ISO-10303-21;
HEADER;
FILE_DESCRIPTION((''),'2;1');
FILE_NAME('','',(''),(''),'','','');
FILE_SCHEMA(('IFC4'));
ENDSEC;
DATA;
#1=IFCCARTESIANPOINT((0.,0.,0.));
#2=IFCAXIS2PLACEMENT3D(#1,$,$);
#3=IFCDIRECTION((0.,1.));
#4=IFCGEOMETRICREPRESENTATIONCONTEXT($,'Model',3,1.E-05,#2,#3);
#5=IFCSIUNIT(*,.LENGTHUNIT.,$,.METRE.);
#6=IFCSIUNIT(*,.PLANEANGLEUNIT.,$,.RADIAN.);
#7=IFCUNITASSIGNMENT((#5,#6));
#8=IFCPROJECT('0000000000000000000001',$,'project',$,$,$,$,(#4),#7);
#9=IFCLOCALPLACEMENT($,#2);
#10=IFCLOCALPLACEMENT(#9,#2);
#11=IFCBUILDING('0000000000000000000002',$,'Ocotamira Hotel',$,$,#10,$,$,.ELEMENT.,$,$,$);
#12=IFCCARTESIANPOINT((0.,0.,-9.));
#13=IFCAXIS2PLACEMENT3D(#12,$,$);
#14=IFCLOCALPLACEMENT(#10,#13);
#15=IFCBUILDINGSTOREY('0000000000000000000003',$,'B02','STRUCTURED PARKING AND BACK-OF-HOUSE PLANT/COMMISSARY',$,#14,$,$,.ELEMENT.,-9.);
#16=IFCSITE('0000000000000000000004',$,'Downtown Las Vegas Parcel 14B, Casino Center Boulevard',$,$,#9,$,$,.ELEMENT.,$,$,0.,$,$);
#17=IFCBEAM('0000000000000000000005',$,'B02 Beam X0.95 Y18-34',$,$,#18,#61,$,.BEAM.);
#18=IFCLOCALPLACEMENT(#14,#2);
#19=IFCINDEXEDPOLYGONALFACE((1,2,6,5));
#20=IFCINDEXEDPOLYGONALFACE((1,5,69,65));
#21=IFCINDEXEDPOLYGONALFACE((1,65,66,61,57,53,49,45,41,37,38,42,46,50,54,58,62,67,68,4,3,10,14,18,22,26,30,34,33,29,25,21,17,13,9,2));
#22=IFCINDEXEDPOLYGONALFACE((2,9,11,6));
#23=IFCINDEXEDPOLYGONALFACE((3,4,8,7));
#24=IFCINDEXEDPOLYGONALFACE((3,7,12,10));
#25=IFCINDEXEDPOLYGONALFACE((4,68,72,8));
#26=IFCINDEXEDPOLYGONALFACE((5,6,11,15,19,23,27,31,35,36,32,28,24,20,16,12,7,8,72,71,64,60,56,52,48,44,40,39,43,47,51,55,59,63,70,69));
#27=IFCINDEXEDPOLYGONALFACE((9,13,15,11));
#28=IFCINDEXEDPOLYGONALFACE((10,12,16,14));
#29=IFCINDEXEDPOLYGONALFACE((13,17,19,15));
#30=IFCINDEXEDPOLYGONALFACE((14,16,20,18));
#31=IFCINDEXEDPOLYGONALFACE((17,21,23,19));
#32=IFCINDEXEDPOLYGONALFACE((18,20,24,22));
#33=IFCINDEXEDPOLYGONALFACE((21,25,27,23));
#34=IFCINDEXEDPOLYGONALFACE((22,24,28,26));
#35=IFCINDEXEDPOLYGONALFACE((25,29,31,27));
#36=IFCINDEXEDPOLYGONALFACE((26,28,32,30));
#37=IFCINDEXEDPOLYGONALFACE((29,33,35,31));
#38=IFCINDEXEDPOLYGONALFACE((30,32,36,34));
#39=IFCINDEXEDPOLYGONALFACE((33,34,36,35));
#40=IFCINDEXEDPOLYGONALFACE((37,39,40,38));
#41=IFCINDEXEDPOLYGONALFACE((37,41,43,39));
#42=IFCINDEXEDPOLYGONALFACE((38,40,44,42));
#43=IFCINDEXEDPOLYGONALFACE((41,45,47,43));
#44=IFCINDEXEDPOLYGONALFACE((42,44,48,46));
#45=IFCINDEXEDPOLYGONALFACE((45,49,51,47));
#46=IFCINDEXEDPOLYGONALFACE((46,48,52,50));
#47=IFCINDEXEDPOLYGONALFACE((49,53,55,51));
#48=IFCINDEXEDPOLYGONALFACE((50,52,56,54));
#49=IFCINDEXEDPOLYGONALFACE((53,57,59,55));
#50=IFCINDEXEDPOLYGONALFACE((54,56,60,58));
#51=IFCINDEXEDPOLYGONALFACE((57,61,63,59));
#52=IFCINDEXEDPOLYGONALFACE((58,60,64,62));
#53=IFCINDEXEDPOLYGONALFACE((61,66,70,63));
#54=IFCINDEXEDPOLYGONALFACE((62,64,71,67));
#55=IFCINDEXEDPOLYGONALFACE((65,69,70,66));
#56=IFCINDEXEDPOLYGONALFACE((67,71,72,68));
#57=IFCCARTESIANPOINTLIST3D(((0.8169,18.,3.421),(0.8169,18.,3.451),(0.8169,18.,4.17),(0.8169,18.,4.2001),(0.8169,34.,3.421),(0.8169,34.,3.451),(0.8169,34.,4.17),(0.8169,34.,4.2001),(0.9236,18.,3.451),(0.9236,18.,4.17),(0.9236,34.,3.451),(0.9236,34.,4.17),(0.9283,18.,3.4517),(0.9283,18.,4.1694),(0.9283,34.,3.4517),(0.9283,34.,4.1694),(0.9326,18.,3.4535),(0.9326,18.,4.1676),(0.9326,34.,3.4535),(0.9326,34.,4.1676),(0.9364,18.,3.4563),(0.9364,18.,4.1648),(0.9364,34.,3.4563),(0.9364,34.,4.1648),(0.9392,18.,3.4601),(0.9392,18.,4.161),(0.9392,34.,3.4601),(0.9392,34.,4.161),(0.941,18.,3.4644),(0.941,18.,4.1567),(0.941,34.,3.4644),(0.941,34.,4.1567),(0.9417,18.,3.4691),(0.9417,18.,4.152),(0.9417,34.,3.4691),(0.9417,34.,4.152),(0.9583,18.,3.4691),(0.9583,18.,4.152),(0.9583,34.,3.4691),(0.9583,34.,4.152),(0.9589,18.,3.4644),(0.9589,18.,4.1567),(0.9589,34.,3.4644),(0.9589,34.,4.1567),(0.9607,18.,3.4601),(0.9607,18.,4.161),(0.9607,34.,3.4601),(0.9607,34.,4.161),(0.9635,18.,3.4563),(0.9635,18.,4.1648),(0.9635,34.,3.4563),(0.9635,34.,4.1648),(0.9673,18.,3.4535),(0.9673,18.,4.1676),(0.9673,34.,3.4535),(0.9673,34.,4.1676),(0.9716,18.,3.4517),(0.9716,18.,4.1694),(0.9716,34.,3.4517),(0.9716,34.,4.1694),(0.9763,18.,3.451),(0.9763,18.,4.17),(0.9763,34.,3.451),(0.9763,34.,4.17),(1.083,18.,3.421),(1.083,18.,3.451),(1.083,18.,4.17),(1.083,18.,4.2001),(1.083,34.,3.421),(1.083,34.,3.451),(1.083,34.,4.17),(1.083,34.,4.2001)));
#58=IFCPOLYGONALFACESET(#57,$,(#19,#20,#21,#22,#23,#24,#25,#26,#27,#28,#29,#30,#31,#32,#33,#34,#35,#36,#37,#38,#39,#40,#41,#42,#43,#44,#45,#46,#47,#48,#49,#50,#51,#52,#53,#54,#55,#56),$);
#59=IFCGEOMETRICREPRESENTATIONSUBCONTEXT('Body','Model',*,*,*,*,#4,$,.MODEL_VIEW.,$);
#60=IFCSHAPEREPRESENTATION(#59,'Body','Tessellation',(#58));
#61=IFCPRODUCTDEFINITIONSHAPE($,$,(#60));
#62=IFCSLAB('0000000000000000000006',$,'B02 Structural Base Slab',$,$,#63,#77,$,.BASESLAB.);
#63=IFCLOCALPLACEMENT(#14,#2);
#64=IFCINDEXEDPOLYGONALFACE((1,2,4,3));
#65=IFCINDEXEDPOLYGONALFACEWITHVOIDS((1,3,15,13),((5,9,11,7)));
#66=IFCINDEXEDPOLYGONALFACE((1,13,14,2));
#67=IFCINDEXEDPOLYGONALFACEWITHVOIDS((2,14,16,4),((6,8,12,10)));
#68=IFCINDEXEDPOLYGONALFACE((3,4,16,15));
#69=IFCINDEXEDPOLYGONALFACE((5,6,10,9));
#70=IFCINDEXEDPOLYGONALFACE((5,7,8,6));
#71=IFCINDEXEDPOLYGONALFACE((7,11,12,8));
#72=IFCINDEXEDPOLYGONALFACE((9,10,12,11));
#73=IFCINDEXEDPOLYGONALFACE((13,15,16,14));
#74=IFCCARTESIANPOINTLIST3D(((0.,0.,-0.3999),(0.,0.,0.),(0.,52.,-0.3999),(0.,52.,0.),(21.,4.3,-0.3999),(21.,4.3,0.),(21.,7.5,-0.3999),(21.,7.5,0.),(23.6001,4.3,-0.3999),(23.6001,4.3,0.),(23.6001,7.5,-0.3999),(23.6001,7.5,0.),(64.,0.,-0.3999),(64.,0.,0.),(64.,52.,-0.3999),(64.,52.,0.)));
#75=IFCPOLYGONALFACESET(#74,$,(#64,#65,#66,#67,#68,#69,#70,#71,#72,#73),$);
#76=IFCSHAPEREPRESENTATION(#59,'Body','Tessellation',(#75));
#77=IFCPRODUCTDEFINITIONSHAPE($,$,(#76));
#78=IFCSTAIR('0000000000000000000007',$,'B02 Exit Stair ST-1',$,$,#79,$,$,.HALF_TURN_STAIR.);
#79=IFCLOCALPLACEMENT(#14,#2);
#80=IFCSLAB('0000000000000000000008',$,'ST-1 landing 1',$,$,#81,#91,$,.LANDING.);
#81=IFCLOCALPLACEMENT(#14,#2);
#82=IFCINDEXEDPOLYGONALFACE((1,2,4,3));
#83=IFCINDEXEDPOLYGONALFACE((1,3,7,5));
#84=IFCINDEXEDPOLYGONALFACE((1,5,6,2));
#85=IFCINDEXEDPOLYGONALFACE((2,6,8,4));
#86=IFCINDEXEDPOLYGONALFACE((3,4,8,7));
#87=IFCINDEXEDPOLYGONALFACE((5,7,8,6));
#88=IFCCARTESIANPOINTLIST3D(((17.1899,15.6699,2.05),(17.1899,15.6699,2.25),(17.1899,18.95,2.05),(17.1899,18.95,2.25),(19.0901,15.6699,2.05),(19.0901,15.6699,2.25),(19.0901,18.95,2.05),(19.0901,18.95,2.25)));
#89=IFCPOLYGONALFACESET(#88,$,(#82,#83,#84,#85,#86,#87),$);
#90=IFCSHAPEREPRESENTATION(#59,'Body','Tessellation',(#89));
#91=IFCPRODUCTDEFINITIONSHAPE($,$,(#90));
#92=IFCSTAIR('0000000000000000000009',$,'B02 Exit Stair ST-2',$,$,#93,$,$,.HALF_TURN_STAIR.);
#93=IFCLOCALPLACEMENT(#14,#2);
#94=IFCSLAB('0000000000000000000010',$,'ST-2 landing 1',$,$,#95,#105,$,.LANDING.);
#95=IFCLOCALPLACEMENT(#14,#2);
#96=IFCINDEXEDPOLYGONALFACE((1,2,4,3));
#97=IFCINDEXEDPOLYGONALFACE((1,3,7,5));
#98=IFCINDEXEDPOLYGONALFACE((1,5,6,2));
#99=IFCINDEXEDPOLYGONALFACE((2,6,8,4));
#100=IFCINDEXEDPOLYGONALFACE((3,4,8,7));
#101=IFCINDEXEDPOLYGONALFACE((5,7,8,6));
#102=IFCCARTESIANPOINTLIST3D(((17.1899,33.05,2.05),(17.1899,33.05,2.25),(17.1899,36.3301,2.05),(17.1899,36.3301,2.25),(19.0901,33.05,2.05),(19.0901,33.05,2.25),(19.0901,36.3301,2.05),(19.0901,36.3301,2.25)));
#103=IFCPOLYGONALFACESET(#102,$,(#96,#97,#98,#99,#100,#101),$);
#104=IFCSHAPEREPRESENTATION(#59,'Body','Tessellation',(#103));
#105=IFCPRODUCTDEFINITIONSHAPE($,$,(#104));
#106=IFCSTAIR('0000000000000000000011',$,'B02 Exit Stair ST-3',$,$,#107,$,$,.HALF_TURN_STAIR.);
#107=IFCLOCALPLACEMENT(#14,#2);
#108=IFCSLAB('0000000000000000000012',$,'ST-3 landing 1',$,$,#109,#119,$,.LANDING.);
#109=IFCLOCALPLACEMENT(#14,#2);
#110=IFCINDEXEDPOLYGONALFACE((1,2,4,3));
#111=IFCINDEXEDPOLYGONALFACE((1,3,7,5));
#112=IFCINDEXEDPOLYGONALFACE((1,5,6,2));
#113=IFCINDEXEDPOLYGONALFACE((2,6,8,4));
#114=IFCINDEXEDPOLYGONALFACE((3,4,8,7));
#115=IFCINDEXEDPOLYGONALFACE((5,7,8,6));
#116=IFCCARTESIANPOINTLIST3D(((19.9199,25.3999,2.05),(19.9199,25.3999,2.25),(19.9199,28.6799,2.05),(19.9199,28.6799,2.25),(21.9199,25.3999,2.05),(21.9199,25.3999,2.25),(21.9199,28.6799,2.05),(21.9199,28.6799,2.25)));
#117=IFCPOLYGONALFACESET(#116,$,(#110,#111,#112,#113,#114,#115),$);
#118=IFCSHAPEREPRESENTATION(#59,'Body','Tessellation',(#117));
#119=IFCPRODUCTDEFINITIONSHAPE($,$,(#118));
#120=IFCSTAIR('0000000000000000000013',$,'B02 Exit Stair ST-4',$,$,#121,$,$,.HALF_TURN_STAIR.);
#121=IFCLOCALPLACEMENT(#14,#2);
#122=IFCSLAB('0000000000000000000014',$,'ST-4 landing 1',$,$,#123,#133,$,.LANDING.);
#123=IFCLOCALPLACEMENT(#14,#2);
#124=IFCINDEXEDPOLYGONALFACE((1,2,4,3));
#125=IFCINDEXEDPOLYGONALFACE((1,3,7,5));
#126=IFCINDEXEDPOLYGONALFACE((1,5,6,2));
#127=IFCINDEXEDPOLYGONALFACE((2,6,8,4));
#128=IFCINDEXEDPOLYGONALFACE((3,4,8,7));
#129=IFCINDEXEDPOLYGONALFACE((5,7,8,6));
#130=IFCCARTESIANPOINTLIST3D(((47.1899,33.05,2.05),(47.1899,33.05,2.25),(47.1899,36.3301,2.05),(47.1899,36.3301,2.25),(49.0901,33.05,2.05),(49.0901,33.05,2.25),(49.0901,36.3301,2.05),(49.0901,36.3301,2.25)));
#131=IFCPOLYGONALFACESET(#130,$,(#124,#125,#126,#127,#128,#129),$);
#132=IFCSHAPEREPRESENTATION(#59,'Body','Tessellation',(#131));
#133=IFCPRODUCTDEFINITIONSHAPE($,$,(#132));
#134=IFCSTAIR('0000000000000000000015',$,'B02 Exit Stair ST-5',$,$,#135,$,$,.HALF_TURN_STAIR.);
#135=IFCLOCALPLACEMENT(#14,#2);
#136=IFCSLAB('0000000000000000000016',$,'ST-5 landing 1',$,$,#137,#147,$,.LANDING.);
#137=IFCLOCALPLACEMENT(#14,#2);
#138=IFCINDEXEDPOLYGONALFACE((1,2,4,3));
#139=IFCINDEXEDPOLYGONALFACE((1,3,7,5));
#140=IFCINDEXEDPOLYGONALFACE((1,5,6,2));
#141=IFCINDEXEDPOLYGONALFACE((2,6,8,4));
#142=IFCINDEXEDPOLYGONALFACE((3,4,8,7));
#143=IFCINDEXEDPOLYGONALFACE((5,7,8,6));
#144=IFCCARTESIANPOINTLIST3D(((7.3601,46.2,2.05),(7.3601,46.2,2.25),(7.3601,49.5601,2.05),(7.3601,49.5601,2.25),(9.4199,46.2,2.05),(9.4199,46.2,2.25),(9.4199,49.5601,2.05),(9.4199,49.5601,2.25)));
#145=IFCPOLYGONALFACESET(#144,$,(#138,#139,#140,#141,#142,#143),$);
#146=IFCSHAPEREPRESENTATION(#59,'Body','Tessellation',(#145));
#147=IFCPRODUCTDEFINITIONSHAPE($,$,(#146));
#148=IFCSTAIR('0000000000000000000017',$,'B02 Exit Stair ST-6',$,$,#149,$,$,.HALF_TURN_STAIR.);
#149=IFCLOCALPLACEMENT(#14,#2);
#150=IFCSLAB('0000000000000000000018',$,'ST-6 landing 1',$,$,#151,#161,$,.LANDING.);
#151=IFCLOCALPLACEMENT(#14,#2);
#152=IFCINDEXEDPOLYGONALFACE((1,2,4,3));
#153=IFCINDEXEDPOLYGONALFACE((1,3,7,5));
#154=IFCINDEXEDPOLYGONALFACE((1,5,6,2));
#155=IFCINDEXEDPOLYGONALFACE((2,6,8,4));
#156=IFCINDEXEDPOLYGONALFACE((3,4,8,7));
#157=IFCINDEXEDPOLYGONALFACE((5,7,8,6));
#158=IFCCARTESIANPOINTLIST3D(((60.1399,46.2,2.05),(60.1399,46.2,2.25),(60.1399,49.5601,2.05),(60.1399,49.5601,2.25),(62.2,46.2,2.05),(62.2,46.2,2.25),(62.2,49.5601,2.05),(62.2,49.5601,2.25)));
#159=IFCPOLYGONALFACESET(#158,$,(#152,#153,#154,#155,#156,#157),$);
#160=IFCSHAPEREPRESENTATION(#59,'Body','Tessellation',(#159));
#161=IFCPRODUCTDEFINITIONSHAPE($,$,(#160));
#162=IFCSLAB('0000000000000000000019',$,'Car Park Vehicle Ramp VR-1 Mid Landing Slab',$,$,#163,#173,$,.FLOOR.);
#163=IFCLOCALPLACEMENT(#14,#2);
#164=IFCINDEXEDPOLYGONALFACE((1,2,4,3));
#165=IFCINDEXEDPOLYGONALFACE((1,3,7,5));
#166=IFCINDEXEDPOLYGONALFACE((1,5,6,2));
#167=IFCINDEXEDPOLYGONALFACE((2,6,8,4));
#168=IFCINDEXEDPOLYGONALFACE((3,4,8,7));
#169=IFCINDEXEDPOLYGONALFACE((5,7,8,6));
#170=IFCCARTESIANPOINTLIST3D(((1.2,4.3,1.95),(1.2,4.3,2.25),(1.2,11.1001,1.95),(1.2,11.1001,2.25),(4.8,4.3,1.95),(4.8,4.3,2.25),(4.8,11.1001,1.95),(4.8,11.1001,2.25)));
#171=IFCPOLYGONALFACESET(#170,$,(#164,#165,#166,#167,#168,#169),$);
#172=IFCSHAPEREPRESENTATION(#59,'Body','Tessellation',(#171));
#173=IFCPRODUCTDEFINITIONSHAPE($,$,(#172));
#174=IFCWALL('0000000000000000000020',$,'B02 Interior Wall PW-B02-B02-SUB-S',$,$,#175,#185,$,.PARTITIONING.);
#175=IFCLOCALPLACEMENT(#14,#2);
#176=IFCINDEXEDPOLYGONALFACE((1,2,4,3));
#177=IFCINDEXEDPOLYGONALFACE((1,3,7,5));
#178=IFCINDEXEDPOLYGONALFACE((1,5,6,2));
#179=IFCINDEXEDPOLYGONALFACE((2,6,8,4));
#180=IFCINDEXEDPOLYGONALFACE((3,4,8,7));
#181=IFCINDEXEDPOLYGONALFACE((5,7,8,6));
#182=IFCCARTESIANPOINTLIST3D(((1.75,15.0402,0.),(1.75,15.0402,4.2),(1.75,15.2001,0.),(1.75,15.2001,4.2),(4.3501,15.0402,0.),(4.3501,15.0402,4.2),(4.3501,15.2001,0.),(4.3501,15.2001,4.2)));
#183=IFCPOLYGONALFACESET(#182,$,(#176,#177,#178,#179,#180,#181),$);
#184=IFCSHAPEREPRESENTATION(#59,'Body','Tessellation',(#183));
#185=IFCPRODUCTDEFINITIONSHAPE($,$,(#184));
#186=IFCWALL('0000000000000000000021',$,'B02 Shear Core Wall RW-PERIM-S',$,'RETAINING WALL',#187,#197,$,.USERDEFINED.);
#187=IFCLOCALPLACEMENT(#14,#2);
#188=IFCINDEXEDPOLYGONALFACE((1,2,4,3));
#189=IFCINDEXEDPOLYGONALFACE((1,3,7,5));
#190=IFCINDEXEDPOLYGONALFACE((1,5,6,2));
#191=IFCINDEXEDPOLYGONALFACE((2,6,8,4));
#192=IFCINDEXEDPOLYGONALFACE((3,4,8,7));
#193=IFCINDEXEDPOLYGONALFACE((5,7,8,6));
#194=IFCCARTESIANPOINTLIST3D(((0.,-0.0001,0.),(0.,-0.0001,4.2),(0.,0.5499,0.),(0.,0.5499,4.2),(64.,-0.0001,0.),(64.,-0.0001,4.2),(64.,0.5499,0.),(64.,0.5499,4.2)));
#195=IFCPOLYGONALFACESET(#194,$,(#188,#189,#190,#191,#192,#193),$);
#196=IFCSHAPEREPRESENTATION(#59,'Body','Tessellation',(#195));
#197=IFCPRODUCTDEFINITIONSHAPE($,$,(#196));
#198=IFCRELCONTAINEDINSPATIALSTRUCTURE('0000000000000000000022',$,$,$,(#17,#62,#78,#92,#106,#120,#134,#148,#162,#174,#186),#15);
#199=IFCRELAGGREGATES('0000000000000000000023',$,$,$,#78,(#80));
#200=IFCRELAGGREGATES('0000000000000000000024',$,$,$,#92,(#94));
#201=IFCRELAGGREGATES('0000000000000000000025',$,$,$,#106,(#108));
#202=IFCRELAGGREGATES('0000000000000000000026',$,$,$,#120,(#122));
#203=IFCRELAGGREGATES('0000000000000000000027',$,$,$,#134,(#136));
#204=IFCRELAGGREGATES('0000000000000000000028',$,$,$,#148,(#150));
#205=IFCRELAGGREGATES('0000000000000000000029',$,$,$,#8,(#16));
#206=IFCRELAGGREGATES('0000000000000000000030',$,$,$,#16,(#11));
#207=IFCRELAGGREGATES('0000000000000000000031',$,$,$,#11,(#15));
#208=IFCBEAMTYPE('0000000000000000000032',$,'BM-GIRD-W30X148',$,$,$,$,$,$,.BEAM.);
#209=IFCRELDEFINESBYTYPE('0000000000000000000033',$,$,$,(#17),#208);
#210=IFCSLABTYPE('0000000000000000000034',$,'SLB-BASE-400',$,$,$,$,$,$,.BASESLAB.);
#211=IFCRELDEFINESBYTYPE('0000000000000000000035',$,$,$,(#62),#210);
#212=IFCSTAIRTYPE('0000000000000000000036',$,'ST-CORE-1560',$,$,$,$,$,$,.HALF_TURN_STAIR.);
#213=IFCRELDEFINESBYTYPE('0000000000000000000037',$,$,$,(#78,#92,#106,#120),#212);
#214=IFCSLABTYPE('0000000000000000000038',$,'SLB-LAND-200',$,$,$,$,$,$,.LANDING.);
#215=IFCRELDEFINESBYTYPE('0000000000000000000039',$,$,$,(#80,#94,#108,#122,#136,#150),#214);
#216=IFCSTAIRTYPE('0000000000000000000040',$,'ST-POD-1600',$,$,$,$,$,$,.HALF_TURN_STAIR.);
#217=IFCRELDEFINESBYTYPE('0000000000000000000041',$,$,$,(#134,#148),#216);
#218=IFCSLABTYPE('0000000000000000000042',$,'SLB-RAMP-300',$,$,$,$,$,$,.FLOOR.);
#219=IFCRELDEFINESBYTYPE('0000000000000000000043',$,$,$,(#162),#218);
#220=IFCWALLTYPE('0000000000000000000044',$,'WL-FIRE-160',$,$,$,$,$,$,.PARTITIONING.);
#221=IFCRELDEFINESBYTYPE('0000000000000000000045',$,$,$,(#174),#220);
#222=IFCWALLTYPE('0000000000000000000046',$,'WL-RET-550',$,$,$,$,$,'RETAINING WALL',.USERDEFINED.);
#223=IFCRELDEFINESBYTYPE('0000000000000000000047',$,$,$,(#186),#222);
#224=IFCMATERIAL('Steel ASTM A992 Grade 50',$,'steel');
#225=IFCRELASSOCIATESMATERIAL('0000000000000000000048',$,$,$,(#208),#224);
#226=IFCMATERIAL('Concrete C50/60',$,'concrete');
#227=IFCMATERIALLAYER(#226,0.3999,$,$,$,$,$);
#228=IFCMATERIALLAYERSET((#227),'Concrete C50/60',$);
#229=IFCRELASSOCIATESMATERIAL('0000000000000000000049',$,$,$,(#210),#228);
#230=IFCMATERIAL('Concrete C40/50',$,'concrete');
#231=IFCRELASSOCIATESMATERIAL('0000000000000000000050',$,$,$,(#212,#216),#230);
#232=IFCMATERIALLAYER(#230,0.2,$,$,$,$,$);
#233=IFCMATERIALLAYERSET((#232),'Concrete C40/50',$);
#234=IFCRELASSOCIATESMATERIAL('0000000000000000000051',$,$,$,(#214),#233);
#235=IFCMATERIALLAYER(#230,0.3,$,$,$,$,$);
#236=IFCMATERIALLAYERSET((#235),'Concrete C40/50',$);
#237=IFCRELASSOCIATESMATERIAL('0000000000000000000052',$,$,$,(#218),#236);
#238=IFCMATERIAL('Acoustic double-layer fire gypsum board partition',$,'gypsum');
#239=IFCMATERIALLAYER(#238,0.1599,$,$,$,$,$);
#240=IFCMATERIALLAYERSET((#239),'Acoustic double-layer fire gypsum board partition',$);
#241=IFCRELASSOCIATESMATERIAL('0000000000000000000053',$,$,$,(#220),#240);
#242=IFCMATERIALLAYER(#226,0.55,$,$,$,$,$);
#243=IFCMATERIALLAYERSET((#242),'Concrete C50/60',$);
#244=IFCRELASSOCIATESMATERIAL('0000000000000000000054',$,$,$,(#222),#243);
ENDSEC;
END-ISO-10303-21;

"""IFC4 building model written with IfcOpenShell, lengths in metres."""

from ifc_helpers import new_model, si_unit, direction, frame, frame_2d, origin, origin_2d, place, context, subcontext, project, spatial, polyline, rectangle, i_section, outline, extrude, source, transform, mapped, material, layer, layer_set, material_profile, profile_set, type_object, element, aggregate, save


model = new_model("IFC4")

# Units and contexts
model_context = context("Model", 3, precision=1e-05, world=origin(), true_north=direction((0.0, 1.0)))
body_context = subcontext(model_context, "Body", "Model", "MODEL_VIEW")
ifc_project = project(units=[si_unit("LENGTHUNIT", "METRE"), si_unit("PLANEANGLEUNIT", "RADIAN")], contexts=[model_context])

# Site, building, storey
site_placement = place(None, origin())
site = spatial("IfcSite", under=ifc_project, at=site_placement, Name="Downtown Las Vegas Parcel 14B, Casino Center Boulevard", CompositionType="ELEMENT", RefElevation=0.0)
building_placement = place(site_placement, origin())
building = spatial("IfcBuilding", under=site, at=building_placement, Name="Ocotamira Hotel", CompositionType="ELEMENT")
storey_placement = place(building_placement, frame((0.0, 0.0, -9.0)))
storey = spatial("IfcBuildingStorey", under=building, at=storey_placement, Name="B02", Description="STRUCTURED PARKING AND BACK-OF-HOUSE PLANT/COMMISSARY", CompositionType="ELEMENT", Elevation=-9.0)

# Shared definitions
ifc_material_1 = material(Name="Concrete C50/60", Category="concrete")

# Beam
ifc_material_2 = material(Name="Steel ASTM A992 Grade 50", Category="steel")
ifc_material_profile_1 = material_profile(ifc_material_2, i_section(OverallWidth=0.2661, OverallDepth=0.7791, WebThickness=0.0166, FlangeThickness=0.03, FilletRadius=0.0181, at=origin_2d()), Name="W30X148")
ifc_profile_set_1 = profile_set([ifc_material_profile_1], Name="Steel ASTM A992 Grade 50")
beam_type = type_object("IfcBeamType", Name="BM-GIRD-W30X148", PredefinedType="BEAM", material=ifc_profile_set_1)
shared_shape_1 = source(origin(), body_context, "Body", "SweptSolid", [
    extrude(i_section(OverallWidth=0.2661, OverallDepth=0.7791, WebThickness=0.0166, FlangeThickness=0.03, FilletRadius=0.0181, at=origin_2d()), origin(), (0.0, 0.0, 1.0), 16.0),
])
beam_1_placement = place(storey_placement, frame((0.95, 18.0, 3.8105), z_axis=(0.0, 1.0, 0.0), x_axis=(-1.0, 0.0, 0.0)))
element("IfcBeam", 1, at=beam_1_placement, inside=storey, type_object=beam_type, Name="B02 Beam X0.95 Y18-34", PredefinedType="BEAM", context=body_context, shape_type="MappedRepresentation", body=[
    mapped(shared_shape_1, transform((0.0, 0.0, 0.0), scale=1.0)),
])

# Slab
ifc_layer_1 = layer(ifc_material_1, 0.3999)
ifc_layer_set_1 = layer_set([ifc_layer_1], Name="Concrete C50/60")
slab_type_1 = type_object("IfcSlabType", Name="SLB-BASE-400", PredefinedType="BASESLAB", material=ifc_layer_set_1)
slab_1_placement = place(storey_placement, frame((0.0, 0.0, -0.3999)))
element("IfcSlab", 2, at=slab_1_placement, inside=storey, type_object=slab_type_1, Name="B02 Structural Base Slab", PredefinedType="BASESLAB", context=body_context, shape_type="SweptSolid", body=[
    extrude(outline(polyline([(0.0, 0.0), (64.0, 0.0), (64.0, 52.0), (0.0, 52.0), (0.0, 0.0)]), holes=[polyline([(21.0, 4.3), (23.6001, 4.3), (23.6001, 7.5), (21.0, 7.5), (21.0, 4.3)])]), origin(), (0.0, 0.0, 1.0), 0.3999),
])

# Stairs, slabs
ifc_material_3 = material(Name="Concrete C40/50", Category="concrete")
stair_type_1 = type_object("IfcStairType", Name="ST-CORE-1560", PredefinedType="HALF_TURN_STAIR", material=ifc_material_3)
stair_1_placement = place(storey_placement, origin())
stair_1 = element("IfcStair", 3, at=stair_1_placement, inside=storey, type_object=stair_type_1, Name="B02 Exit Stair ST-1", PredefinedType="HALF_TURN_STAIR")
ifc_layer_2 = layer(ifc_material_3, 0.2)
ifc_layer_set_2 = layer_set([ifc_layer_2], Name="Concrete C40/50")
slab_type_2 = type_object("IfcSlabType", Name="SLB-LAND-200", PredefinedType="LANDING", material=ifc_layer_set_2)
slab_2_placement = place(storey_placement, frame((0.0, 0.0, 2.05)))
slab_2 = element("IfcSlab", 4, at=slab_2_placement, type_object=slab_type_2, Name="ST-1 landing 1", PredefinedType="LANDING", context=body_context, shape_type="SweptSolid", body=[
    extrude(outline(polyline([(17.1899, 15.6699), (19.0901, 15.6699), (19.0901, 18.95), (17.1899, 18.95), (17.1899, 15.6699)])), origin(), (0.0, 0.0, 1.0), 0.2),
])
aggregate(stair_1, [slab_2])
stair_2_placement = place(storey_placement, origin())
stair_2 = element("IfcStair", 5, at=stair_2_placement, inside=storey, type_object=stair_type_1, Name="B02 Exit Stair ST-2", PredefinedType="HALF_TURN_STAIR")
slab_3_placement = place(storey_placement, frame((0.0, 0.0, 2.05)))
slab_3 = element("IfcSlab", 6, at=slab_3_placement, type_object=slab_type_2, Name="ST-2 landing 1", PredefinedType="LANDING", context=body_context, shape_type="SweptSolid", body=[
    extrude(outline(polyline([(17.1899, 33.05), (19.0901, 33.05), (19.0901, 36.3301), (17.1899, 36.3301), (17.1899, 33.05)])), origin(), (0.0, 0.0, 1.0), 0.2),
])
aggregate(stair_2, [slab_3])
stair_3_placement = place(storey_placement, origin())
stair_3 = element("IfcStair", 7, at=stair_3_placement, inside=storey, type_object=stair_type_1, Name="B02 Exit Stair ST-3", PredefinedType="HALF_TURN_STAIR")
slab_4_placement = place(storey_placement, frame((0.0, 0.0, 2.05)))
slab_4 = element("IfcSlab", 8, at=slab_4_placement, type_object=slab_type_2, Name="ST-3 landing 1", PredefinedType="LANDING", context=body_context, shape_type="SweptSolid", body=[
    extrude(outline(polyline([(19.9199, 25.3999), (21.9199, 25.3999), (21.9199, 28.6799), (19.9199, 28.6799), (19.9199, 25.3999)])), origin(), (0.0, 0.0, 1.0), 0.2),
])
aggregate(stair_3, [slab_4])
stair_4_placement = place(storey_placement, origin())
stair_4 = element("IfcStair", 9, at=stair_4_placement, inside=storey, type_object=stair_type_1, Name="B02 Exit Stair ST-4", PredefinedType="HALF_TURN_STAIR")
slab_5_placement = place(storey_placement, frame((0.0, 0.0, 2.05)))
slab_5 = element("IfcSlab", 10, at=slab_5_placement, type_object=slab_type_2, Name="ST-4 landing 1", PredefinedType="LANDING", context=body_context, shape_type="SweptSolid", body=[
    extrude(outline(polyline([(47.1899, 33.05), (49.0901, 33.05), (49.0901, 36.3301), (47.1899, 36.3301), (47.1899, 33.05)])), origin(), (0.0, 0.0, 1.0), 0.2),
])
aggregate(stair_4, [slab_5])
stair_type_2 = type_object("IfcStairType", Name="ST-POD-1600", PredefinedType="HALF_TURN_STAIR", material=ifc_material_3)
stair_5_placement = place(storey_placement, origin())
stair_5 = element("IfcStair", 11, at=stair_5_placement, inside=storey, type_object=stair_type_2, Name="B02 Exit Stair ST-5", PredefinedType="HALF_TURN_STAIR")
slab_6_placement = place(storey_placement, frame((0.0, 0.0, 2.05)))
slab_6 = element("IfcSlab", 12, at=slab_6_placement, type_object=slab_type_2, Name="ST-5 landing 1", PredefinedType="LANDING", context=body_context, shape_type="SweptSolid", body=[
    extrude(outline(polyline([(7.3601, 46.2), (9.4199, 46.2), (9.4199, 49.5601), (7.3601, 49.5601), (7.3601, 46.2)])), origin(), (0.0, 0.0, 1.0), 0.2),
])
aggregate(stair_5, [slab_6])
stair_6_placement = place(storey_placement, origin())
stair_6 = element("IfcStair", 13, at=stair_6_placement, inside=storey, type_object=stair_type_2, Name="B02 Exit Stair ST-6", PredefinedType="HALF_TURN_STAIR")
slab_7_placement = place(storey_placement, frame((0.0, 0.0, 2.05)))
slab_7 = element("IfcSlab", 14, at=slab_7_placement, type_object=slab_type_2, Name="ST-6 landing 1", PredefinedType="LANDING", context=body_context, shape_type="SweptSolid", body=[
    extrude(outline(polyline([(60.1399, 46.2), (62.2, 46.2), (62.2, 49.5601), (60.1399, 49.5601), (60.1399, 46.2)])), origin(), (0.0, 0.0, 1.0), 0.2),
])
aggregate(stair_6, [slab_7])

# Slab
ifc_layer_3 = layer(ifc_material_3, 0.3)
ifc_layer_set_3 = layer_set([ifc_layer_3], Name="Concrete C40/50")
slab_type_3 = type_object("IfcSlabType", Name="SLB-RAMP-300", PredefinedType="FLOOR", material=ifc_layer_set_3)
slab_8_placement = place(storey_placement, frame((0.0, 0.0, 1.95)))
element("IfcSlab", 15, at=slab_8_placement, inside=storey, type_object=slab_type_3, Name="Car Park Vehicle Ramp VR-1 Mid Landing Slab", PredefinedType="FLOOR", context=body_context, shape_type="SweptSolid", body=[
    extrude(outline(polyline([(1.2, 4.3), (4.8, 4.3), (4.8, 11.1001), (1.2, 11.1001), (1.2, 4.3)])), origin(), (0.0, 0.0, 1.0), 0.3),
])

# Walls
ifc_material_4 = material(Name="Acoustic double-layer fire gypsum board partition", Category="gypsum")
ifc_layer_4 = layer(ifc_material_4, 0.1599)
ifc_layer_set_4 = layer_set([ifc_layer_4], Name="Acoustic double-layer fire gypsum board partition")
wall_type_1 = type_object("IfcWallType", Name="WL-FIRE-160", PredefinedType="PARTITIONING", material=ifc_layer_set_4)
wall_1_placement = place(storey_placement, frame((1.75, 15.1201, 0.0), z_axis=(0.0, 0.0, 1.0), x_axis=(1.0, 0.0, 0.0)))
element("IfcWall", 16, at=wall_1_placement, inside=storey, type_object=wall_type_1, Name="B02 Interior Wall PW-B02-B02-SUB-S", PredefinedType="PARTITIONING", context=body_context, shape_type="SweptSolid", body=[
    extrude(rectangle(XDim=2.6001, YDim=0.1599, at=frame_2d((1.3, 0.0))), origin(), (0.0, 0.0, 1.0), 4.2),
])
ifc_layer_5 = layer(ifc_material_1, 0.55)
ifc_layer_set_5 = layer_set([ifc_layer_5], Name="Concrete C50/60")
wall_type_2 = type_object("IfcWallType", Name="WL-RET-550", ElementType="RETAINING WALL", PredefinedType="USERDEFINED", material=ifc_layer_set_5)
wall_2_placement = place(storey_placement, frame((0.0, 0.2749, 0.0), z_axis=(0.0, 0.0, 1.0), x_axis=(1.0, 0.0, 0.0)))
element("IfcWall", 17, at=wall_2_placement, inside=storey, type_object=wall_type_2, Name="B02 Shear Core Wall RW-PERIM-S", ObjectType="RETAINING WALL", PredefinedType="USERDEFINED", context=body_context, shape_type="SweptSolid", body=[
    extrude(rectangle(XDim=64.0, YDim=0.55, at=frame_2d((32.0, 0.0))), origin(), (0.0, 0.0, 1.0), 4.2),
])

save(model, "model.ifc")
